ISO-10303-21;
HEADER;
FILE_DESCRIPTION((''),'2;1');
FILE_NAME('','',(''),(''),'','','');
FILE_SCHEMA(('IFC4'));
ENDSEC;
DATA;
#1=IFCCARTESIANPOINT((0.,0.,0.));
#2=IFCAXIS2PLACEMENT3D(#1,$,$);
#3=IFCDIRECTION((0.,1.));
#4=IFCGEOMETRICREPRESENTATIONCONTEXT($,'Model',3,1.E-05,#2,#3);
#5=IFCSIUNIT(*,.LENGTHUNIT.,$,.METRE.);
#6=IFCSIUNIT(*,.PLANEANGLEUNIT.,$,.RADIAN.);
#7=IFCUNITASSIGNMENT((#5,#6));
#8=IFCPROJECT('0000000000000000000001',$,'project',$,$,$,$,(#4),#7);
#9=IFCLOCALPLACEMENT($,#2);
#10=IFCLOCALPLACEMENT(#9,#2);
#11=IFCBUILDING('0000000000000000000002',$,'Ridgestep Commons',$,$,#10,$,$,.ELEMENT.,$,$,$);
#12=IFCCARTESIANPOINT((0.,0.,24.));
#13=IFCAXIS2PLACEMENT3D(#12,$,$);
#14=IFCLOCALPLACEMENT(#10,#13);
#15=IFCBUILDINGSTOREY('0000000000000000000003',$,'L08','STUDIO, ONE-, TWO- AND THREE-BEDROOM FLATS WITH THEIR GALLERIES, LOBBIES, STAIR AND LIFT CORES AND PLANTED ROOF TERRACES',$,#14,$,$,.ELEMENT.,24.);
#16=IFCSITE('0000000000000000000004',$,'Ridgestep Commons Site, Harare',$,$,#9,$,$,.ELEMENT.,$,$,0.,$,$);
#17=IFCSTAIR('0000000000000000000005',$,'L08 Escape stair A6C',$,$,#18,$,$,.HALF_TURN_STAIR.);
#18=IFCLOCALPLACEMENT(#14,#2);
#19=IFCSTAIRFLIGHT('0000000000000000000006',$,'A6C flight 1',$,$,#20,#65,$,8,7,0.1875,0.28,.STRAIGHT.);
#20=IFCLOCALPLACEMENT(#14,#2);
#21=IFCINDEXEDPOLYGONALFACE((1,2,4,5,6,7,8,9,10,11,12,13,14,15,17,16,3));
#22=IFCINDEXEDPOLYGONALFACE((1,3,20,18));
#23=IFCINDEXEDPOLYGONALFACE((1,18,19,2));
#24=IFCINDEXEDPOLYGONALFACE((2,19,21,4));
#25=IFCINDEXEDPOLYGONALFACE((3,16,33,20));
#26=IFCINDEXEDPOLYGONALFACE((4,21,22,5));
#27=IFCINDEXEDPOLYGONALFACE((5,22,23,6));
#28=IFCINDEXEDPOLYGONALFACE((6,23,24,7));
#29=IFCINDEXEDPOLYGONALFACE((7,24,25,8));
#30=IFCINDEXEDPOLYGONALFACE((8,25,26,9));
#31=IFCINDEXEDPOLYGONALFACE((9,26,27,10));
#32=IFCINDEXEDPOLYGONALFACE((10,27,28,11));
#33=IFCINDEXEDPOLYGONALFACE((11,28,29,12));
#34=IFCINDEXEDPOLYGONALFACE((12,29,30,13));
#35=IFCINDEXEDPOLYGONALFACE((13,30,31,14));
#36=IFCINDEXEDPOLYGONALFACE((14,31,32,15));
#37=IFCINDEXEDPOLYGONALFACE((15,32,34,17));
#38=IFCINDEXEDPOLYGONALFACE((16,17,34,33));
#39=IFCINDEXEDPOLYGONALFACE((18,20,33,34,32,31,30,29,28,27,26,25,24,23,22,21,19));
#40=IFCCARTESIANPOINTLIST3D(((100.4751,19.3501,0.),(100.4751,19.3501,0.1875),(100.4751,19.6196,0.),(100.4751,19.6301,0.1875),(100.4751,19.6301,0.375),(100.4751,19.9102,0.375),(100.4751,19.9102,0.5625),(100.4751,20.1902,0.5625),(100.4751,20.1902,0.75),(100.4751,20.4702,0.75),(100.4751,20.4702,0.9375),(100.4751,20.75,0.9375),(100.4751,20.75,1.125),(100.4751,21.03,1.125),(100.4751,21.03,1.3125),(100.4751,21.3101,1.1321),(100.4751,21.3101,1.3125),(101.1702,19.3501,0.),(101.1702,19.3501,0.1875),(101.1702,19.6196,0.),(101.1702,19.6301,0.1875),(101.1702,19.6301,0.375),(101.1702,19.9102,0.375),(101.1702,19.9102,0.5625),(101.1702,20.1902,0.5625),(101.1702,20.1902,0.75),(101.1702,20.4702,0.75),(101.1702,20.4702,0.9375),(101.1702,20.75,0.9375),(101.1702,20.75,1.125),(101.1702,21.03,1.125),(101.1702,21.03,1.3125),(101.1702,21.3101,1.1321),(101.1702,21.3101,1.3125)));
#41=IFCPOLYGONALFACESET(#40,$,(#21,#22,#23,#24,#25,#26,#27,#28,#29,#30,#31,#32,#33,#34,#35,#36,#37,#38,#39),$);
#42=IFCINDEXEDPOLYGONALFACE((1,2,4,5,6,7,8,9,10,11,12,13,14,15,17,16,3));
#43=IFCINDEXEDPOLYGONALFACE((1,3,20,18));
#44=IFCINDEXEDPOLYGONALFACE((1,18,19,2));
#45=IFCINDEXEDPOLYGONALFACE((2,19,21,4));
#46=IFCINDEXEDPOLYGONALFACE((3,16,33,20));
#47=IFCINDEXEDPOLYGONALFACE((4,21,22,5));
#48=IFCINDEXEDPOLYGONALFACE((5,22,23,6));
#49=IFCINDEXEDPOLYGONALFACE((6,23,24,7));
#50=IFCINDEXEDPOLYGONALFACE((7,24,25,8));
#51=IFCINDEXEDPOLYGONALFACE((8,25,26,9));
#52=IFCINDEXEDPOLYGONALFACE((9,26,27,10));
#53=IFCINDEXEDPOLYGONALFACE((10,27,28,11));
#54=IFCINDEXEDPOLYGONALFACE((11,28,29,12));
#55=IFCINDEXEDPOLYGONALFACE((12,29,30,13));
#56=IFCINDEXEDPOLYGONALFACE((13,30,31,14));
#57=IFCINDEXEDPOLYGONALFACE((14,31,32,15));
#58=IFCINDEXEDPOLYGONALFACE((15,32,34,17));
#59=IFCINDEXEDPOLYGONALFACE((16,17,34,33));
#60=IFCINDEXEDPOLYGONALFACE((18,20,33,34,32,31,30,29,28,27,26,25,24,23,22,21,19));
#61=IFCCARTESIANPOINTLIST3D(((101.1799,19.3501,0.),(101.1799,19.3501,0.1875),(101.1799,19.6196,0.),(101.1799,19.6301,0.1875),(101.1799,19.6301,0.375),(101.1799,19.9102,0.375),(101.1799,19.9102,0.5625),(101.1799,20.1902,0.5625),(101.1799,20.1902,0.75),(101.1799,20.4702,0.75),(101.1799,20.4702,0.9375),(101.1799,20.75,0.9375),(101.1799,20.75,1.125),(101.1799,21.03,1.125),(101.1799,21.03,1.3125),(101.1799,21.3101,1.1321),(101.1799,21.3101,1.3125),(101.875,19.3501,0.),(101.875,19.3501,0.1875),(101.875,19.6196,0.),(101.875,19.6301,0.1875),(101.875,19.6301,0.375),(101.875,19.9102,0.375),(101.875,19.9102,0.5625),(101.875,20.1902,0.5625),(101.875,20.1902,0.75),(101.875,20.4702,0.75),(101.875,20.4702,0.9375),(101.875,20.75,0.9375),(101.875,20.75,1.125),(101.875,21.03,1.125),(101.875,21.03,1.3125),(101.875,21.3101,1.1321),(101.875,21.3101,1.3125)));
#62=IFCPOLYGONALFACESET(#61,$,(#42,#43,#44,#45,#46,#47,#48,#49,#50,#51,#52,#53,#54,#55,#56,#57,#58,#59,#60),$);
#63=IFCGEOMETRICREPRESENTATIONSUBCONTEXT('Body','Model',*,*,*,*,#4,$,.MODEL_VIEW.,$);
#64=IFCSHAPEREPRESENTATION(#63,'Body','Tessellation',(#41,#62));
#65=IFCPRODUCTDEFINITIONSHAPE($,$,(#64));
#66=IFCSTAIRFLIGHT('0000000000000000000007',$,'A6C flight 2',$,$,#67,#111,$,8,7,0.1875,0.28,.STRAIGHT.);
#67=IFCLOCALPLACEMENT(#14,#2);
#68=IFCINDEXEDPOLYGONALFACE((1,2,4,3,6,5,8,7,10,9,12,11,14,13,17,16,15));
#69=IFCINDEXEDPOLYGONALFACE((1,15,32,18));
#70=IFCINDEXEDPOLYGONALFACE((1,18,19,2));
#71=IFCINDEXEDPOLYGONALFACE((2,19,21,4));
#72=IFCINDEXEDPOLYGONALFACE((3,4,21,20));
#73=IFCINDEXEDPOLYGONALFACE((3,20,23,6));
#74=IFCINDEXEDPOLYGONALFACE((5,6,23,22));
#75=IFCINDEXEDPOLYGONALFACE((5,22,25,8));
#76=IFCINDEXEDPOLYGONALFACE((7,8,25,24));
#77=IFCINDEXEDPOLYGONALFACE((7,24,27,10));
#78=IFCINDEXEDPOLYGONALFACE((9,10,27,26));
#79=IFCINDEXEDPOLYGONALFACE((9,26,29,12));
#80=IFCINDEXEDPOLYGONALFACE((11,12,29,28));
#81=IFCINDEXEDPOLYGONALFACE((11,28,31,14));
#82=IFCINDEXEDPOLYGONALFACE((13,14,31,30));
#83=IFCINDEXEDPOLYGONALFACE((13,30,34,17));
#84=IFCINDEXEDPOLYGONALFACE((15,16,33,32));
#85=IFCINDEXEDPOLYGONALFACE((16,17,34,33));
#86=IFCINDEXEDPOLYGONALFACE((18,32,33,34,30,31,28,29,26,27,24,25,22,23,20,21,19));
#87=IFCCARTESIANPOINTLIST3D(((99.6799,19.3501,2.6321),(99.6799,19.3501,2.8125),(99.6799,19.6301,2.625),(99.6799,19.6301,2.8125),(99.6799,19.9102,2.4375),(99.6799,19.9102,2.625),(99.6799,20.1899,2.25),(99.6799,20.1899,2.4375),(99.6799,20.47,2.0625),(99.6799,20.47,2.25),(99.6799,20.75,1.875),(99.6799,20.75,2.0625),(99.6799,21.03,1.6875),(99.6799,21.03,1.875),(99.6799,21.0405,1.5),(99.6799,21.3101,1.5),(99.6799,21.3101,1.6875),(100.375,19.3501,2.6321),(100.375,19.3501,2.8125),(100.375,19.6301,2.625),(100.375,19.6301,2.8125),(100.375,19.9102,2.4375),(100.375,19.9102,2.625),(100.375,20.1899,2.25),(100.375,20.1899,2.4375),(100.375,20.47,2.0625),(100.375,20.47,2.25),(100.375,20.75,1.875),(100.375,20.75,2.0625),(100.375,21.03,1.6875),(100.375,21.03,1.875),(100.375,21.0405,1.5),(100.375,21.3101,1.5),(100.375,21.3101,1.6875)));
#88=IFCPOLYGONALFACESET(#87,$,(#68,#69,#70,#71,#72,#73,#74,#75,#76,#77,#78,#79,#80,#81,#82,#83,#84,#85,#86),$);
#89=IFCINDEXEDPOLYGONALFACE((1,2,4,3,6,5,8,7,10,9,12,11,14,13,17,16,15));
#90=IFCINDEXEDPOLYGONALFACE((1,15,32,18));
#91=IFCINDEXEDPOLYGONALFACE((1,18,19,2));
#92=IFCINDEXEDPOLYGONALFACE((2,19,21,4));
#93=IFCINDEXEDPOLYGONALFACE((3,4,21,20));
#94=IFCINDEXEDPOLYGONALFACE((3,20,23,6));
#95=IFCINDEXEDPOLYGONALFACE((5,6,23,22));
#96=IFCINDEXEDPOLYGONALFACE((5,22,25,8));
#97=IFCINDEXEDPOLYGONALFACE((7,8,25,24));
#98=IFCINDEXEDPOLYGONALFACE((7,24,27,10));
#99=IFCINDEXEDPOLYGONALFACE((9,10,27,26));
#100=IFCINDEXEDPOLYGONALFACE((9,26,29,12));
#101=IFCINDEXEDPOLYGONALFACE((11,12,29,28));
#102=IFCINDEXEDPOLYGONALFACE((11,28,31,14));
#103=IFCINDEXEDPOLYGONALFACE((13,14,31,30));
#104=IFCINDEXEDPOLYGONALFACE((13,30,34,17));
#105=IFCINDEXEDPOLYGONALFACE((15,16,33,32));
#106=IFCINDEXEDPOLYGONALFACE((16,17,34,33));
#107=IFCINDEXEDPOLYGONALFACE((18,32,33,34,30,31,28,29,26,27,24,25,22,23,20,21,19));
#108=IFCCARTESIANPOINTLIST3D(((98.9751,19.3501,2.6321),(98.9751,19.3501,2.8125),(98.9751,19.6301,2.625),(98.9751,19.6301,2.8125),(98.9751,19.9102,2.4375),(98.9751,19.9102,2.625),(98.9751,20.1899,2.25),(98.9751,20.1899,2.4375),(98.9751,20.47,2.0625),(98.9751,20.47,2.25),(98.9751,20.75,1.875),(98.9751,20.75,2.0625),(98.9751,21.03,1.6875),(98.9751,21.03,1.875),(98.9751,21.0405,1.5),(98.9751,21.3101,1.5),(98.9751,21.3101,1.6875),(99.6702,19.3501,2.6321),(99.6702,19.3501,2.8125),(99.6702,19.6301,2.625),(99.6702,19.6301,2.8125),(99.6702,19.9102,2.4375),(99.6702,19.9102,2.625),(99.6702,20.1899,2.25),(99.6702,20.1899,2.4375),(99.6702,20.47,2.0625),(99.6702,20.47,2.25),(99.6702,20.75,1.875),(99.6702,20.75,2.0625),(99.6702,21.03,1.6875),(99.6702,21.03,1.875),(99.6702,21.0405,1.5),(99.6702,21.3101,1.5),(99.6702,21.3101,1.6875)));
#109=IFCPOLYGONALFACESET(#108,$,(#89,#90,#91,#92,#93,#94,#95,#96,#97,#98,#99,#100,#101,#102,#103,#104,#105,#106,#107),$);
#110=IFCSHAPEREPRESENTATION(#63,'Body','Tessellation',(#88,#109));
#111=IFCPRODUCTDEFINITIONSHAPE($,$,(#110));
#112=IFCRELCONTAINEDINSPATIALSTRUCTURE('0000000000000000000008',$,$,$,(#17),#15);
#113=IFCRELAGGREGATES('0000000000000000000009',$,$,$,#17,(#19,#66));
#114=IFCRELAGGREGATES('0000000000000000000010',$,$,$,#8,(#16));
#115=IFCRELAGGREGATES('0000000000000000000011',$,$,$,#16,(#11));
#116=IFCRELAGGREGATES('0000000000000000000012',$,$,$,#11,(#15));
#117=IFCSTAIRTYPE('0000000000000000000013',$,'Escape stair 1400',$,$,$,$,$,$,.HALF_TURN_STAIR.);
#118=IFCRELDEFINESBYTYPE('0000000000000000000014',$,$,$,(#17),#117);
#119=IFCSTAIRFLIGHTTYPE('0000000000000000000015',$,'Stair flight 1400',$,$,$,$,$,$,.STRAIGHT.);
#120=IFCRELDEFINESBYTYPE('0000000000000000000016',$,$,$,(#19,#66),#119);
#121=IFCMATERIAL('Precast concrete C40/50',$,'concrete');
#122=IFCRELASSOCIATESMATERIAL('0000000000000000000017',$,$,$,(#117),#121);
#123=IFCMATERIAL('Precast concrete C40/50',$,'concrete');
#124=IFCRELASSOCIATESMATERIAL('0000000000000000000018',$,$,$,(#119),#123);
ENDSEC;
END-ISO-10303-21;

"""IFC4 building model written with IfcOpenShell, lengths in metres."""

from ifc_helpers import new_model, si_unit, direction, frame, origin, place, context, subcontext, project, spatial, polyline, outline, extrude, material, type_object, element, aggregate, save


model = new_model("IFC4")

# Units and contexts
model_context = context("Model", 3, precision=1e-05, world=origin(), true_north=direction((0.0, 1.0)))
body_context = subcontext(model_context, "Body", "Model", "MODEL_VIEW")
ifc_project = project(units=[si_unit("LENGTHUNIT", "METRE"), si_unit("PLANEANGLEUNIT", "RADIAN")], contexts=[model_context])

# Site, building, storey
site_placement = place(None, origin())
site = spatial("IfcSite", under=ifc_project, at=site_placement, Name="Ridgestep Commons Site, Harare", CompositionType="ELEMENT", RefElevation=0.0)
building_placement = place(site_placement, origin())
building = spatial("IfcBuilding", under=site, at=building_placement, Name="Ridgestep Commons", CompositionType="ELEMENT")
storey_placement = place(building_placement, frame((0.0, 0.0, 24.0)))
storey = spatial("IfcBuildingStorey", under=building, at=storey_placement, Name="L08", Description="STUDIO, ONE-, TWO- AND THREE-BEDROOM FLATS WITH THEIR GALLERIES, LOBBIES, STAIR AND LIFT CORES AND PLANTED ROOF TERRACES", CompositionType="ELEMENT", Elevation=24.0)

# Stair, stair flights
ifc_material_1 = material(Name="Precast concrete C40/50", Category="concrete")
stair_type = type_object("IfcStairType", Name="Escape stair 1400", PredefinedType="HALF_TURN_STAIR", material=ifc_material_1)
stair_placement = place(storey_placement, origin())
stair = element("IfcStair", 1, at=stair_placement, inside=storey, type_object=stair_type, Name="L08 Escape stair A6C", PredefinedType="HALF_TURN_STAIR")
ifc_material_2 = material(Name="Precast concrete C40/50", Category="concrete")
stair_flight_type = type_object("IfcStairFlightType", Name="Stair flight 1400", PredefinedType="STRAIGHT", material=ifc_material_2)
stair_flight_1_placement = place(storey_placement, frame((101.175, 19.3501, 0.0), z_axis=(0.0, 0.0, 1.0), x_axis=(0.0, 1.0, 0.0)))
stair_flight_1 = element("IfcStairFlight", 2, at=stair_flight_1_placement, type_object=stair_flight_type, Name="A6C flight 1", NumberOfRisers=8, NumberOfTreads=7, PredefinedType="STRAIGHT", RiserHeight=0.1875, TreadLength=0.28, context=body_context, shape_type="SweptSolid", body=[
    extrude(outline(polyline([(0.0, 0.0), (0.0, 0.1875), (0.28, 0.1875), (0.28, 0.375), (0.5601, 0.375), (0.5601, 0.5625), (0.8401, 0.5625), (0.8401, 0.75), (1.1201, 0.75), (1.1201, 0.9375), (1.3999, 0.9375), (1.3999, 1.125), (1.6799, 1.125), (1.6799, 1.3125), (1.96, 1.3125), (1.96, 1.5), (1.96, 1.1321), (0.2695, 0.0), (0.0, 0.0)])), frame((0.0, 0.7, 0.0), z_axis=(0.0, -1.0, 0.0), x_axis=(1.0, 0.0, 0.0)), (0.0, 0.0, 1.0), 0.6951),
    extrude(outline(polyline([(0.0, 0.0), (0.0, 0.1875), (0.28, 0.1875), (0.28, 0.375), (0.5601, 0.375), (0.5601, 0.5625), (0.8401, 0.5625), (0.8401, 0.75), (1.1201, 0.75), (1.1201, 0.9375), (1.3999, 0.9375), (1.3999, 1.125), (1.6799, 1.125), (1.6799, 1.3125), (1.96, 1.3125), (1.96, 1.5), (1.96, 1.1321), (0.2695, 0.0), (0.0, 0.0)])), frame((0.0, -0.0049, 0.0), z_axis=(0.0, -1.0, 0.0), x_axis=(1.0, 0.0, 0.0)), (0.0, 0.0, 1.0), 0.6951),
])
stair_flight_2_placement = place(storey_placement, frame((99.675, 21.3101, 1.5), z_axis=(0.0, 0.0, 1.0), x_axis=(0.0, -1.0, 0.0)))
stair_flight_2 = element("IfcStairFlight", 3, at=stair_flight_2_placement, type_object=stair_flight_type, Name="A6C flight 2", NumberOfRisers=8, NumberOfTreads=7, PredefinedType="STRAIGHT", RiserHeight=0.1875, TreadLength=0.28, context=body_context, shape_type="SweptSolid", body=[
    extrude(outline(polyline([(0.0, 0.0), (0.0, 0.1875), (0.28, 0.1875), (0.28, 0.375), (0.5601, 0.375), (0.5601, 0.5625), (0.8401, 0.5625), (0.8401, 0.75), (1.1201, 0.75), (1.1201, 0.9375), (1.3999, 0.9375), (1.3999, 1.125), (1.6799, 1.125), (1.6799, 1.3125), (1.96, 1.3125), (1.96, 1.5), (1.96, 1.1321), (0.2695, 0.0), (0.0, 0.0)])), frame((0.0, 0.7, 0.0), z_axis=(0.0, -1.0, 0.0), x_axis=(1.0, 0.0, 0.0)), (0.0, 0.0, 1.0), 0.6951),
    extrude(outline(polyline([(0.0, 0.0), (0.0, 0.1875), (0.28, 0.1875), (0.28, 0.375), (0.5601, 0.375), (0.5601, 0.5625), (0.8401, 0.5625), (0.8401, 0.75), (1.1201, 0.75), (1.1201, 0.9375), (1.3999, 0.9375), (1.3999, 1.125), (1.6799, 1.125), (1.6799, 1.3125), (1.96, 1.3125), (1.96, 1.5), (1.96, 1.1321), (0.2695, 0.0), (0.0, 0.0)])), frame((0.0, -0.0049, 0.0), z_axis=(0.0, -1.0, 0.0), x_axis=(1.0, 0.0, 0.0)), (0.0, 0.0, 1.0), 0.6951),
])
aggregate(stair, [stair_flight_1, stair_flight_2])

save(model, "model.ifc")
